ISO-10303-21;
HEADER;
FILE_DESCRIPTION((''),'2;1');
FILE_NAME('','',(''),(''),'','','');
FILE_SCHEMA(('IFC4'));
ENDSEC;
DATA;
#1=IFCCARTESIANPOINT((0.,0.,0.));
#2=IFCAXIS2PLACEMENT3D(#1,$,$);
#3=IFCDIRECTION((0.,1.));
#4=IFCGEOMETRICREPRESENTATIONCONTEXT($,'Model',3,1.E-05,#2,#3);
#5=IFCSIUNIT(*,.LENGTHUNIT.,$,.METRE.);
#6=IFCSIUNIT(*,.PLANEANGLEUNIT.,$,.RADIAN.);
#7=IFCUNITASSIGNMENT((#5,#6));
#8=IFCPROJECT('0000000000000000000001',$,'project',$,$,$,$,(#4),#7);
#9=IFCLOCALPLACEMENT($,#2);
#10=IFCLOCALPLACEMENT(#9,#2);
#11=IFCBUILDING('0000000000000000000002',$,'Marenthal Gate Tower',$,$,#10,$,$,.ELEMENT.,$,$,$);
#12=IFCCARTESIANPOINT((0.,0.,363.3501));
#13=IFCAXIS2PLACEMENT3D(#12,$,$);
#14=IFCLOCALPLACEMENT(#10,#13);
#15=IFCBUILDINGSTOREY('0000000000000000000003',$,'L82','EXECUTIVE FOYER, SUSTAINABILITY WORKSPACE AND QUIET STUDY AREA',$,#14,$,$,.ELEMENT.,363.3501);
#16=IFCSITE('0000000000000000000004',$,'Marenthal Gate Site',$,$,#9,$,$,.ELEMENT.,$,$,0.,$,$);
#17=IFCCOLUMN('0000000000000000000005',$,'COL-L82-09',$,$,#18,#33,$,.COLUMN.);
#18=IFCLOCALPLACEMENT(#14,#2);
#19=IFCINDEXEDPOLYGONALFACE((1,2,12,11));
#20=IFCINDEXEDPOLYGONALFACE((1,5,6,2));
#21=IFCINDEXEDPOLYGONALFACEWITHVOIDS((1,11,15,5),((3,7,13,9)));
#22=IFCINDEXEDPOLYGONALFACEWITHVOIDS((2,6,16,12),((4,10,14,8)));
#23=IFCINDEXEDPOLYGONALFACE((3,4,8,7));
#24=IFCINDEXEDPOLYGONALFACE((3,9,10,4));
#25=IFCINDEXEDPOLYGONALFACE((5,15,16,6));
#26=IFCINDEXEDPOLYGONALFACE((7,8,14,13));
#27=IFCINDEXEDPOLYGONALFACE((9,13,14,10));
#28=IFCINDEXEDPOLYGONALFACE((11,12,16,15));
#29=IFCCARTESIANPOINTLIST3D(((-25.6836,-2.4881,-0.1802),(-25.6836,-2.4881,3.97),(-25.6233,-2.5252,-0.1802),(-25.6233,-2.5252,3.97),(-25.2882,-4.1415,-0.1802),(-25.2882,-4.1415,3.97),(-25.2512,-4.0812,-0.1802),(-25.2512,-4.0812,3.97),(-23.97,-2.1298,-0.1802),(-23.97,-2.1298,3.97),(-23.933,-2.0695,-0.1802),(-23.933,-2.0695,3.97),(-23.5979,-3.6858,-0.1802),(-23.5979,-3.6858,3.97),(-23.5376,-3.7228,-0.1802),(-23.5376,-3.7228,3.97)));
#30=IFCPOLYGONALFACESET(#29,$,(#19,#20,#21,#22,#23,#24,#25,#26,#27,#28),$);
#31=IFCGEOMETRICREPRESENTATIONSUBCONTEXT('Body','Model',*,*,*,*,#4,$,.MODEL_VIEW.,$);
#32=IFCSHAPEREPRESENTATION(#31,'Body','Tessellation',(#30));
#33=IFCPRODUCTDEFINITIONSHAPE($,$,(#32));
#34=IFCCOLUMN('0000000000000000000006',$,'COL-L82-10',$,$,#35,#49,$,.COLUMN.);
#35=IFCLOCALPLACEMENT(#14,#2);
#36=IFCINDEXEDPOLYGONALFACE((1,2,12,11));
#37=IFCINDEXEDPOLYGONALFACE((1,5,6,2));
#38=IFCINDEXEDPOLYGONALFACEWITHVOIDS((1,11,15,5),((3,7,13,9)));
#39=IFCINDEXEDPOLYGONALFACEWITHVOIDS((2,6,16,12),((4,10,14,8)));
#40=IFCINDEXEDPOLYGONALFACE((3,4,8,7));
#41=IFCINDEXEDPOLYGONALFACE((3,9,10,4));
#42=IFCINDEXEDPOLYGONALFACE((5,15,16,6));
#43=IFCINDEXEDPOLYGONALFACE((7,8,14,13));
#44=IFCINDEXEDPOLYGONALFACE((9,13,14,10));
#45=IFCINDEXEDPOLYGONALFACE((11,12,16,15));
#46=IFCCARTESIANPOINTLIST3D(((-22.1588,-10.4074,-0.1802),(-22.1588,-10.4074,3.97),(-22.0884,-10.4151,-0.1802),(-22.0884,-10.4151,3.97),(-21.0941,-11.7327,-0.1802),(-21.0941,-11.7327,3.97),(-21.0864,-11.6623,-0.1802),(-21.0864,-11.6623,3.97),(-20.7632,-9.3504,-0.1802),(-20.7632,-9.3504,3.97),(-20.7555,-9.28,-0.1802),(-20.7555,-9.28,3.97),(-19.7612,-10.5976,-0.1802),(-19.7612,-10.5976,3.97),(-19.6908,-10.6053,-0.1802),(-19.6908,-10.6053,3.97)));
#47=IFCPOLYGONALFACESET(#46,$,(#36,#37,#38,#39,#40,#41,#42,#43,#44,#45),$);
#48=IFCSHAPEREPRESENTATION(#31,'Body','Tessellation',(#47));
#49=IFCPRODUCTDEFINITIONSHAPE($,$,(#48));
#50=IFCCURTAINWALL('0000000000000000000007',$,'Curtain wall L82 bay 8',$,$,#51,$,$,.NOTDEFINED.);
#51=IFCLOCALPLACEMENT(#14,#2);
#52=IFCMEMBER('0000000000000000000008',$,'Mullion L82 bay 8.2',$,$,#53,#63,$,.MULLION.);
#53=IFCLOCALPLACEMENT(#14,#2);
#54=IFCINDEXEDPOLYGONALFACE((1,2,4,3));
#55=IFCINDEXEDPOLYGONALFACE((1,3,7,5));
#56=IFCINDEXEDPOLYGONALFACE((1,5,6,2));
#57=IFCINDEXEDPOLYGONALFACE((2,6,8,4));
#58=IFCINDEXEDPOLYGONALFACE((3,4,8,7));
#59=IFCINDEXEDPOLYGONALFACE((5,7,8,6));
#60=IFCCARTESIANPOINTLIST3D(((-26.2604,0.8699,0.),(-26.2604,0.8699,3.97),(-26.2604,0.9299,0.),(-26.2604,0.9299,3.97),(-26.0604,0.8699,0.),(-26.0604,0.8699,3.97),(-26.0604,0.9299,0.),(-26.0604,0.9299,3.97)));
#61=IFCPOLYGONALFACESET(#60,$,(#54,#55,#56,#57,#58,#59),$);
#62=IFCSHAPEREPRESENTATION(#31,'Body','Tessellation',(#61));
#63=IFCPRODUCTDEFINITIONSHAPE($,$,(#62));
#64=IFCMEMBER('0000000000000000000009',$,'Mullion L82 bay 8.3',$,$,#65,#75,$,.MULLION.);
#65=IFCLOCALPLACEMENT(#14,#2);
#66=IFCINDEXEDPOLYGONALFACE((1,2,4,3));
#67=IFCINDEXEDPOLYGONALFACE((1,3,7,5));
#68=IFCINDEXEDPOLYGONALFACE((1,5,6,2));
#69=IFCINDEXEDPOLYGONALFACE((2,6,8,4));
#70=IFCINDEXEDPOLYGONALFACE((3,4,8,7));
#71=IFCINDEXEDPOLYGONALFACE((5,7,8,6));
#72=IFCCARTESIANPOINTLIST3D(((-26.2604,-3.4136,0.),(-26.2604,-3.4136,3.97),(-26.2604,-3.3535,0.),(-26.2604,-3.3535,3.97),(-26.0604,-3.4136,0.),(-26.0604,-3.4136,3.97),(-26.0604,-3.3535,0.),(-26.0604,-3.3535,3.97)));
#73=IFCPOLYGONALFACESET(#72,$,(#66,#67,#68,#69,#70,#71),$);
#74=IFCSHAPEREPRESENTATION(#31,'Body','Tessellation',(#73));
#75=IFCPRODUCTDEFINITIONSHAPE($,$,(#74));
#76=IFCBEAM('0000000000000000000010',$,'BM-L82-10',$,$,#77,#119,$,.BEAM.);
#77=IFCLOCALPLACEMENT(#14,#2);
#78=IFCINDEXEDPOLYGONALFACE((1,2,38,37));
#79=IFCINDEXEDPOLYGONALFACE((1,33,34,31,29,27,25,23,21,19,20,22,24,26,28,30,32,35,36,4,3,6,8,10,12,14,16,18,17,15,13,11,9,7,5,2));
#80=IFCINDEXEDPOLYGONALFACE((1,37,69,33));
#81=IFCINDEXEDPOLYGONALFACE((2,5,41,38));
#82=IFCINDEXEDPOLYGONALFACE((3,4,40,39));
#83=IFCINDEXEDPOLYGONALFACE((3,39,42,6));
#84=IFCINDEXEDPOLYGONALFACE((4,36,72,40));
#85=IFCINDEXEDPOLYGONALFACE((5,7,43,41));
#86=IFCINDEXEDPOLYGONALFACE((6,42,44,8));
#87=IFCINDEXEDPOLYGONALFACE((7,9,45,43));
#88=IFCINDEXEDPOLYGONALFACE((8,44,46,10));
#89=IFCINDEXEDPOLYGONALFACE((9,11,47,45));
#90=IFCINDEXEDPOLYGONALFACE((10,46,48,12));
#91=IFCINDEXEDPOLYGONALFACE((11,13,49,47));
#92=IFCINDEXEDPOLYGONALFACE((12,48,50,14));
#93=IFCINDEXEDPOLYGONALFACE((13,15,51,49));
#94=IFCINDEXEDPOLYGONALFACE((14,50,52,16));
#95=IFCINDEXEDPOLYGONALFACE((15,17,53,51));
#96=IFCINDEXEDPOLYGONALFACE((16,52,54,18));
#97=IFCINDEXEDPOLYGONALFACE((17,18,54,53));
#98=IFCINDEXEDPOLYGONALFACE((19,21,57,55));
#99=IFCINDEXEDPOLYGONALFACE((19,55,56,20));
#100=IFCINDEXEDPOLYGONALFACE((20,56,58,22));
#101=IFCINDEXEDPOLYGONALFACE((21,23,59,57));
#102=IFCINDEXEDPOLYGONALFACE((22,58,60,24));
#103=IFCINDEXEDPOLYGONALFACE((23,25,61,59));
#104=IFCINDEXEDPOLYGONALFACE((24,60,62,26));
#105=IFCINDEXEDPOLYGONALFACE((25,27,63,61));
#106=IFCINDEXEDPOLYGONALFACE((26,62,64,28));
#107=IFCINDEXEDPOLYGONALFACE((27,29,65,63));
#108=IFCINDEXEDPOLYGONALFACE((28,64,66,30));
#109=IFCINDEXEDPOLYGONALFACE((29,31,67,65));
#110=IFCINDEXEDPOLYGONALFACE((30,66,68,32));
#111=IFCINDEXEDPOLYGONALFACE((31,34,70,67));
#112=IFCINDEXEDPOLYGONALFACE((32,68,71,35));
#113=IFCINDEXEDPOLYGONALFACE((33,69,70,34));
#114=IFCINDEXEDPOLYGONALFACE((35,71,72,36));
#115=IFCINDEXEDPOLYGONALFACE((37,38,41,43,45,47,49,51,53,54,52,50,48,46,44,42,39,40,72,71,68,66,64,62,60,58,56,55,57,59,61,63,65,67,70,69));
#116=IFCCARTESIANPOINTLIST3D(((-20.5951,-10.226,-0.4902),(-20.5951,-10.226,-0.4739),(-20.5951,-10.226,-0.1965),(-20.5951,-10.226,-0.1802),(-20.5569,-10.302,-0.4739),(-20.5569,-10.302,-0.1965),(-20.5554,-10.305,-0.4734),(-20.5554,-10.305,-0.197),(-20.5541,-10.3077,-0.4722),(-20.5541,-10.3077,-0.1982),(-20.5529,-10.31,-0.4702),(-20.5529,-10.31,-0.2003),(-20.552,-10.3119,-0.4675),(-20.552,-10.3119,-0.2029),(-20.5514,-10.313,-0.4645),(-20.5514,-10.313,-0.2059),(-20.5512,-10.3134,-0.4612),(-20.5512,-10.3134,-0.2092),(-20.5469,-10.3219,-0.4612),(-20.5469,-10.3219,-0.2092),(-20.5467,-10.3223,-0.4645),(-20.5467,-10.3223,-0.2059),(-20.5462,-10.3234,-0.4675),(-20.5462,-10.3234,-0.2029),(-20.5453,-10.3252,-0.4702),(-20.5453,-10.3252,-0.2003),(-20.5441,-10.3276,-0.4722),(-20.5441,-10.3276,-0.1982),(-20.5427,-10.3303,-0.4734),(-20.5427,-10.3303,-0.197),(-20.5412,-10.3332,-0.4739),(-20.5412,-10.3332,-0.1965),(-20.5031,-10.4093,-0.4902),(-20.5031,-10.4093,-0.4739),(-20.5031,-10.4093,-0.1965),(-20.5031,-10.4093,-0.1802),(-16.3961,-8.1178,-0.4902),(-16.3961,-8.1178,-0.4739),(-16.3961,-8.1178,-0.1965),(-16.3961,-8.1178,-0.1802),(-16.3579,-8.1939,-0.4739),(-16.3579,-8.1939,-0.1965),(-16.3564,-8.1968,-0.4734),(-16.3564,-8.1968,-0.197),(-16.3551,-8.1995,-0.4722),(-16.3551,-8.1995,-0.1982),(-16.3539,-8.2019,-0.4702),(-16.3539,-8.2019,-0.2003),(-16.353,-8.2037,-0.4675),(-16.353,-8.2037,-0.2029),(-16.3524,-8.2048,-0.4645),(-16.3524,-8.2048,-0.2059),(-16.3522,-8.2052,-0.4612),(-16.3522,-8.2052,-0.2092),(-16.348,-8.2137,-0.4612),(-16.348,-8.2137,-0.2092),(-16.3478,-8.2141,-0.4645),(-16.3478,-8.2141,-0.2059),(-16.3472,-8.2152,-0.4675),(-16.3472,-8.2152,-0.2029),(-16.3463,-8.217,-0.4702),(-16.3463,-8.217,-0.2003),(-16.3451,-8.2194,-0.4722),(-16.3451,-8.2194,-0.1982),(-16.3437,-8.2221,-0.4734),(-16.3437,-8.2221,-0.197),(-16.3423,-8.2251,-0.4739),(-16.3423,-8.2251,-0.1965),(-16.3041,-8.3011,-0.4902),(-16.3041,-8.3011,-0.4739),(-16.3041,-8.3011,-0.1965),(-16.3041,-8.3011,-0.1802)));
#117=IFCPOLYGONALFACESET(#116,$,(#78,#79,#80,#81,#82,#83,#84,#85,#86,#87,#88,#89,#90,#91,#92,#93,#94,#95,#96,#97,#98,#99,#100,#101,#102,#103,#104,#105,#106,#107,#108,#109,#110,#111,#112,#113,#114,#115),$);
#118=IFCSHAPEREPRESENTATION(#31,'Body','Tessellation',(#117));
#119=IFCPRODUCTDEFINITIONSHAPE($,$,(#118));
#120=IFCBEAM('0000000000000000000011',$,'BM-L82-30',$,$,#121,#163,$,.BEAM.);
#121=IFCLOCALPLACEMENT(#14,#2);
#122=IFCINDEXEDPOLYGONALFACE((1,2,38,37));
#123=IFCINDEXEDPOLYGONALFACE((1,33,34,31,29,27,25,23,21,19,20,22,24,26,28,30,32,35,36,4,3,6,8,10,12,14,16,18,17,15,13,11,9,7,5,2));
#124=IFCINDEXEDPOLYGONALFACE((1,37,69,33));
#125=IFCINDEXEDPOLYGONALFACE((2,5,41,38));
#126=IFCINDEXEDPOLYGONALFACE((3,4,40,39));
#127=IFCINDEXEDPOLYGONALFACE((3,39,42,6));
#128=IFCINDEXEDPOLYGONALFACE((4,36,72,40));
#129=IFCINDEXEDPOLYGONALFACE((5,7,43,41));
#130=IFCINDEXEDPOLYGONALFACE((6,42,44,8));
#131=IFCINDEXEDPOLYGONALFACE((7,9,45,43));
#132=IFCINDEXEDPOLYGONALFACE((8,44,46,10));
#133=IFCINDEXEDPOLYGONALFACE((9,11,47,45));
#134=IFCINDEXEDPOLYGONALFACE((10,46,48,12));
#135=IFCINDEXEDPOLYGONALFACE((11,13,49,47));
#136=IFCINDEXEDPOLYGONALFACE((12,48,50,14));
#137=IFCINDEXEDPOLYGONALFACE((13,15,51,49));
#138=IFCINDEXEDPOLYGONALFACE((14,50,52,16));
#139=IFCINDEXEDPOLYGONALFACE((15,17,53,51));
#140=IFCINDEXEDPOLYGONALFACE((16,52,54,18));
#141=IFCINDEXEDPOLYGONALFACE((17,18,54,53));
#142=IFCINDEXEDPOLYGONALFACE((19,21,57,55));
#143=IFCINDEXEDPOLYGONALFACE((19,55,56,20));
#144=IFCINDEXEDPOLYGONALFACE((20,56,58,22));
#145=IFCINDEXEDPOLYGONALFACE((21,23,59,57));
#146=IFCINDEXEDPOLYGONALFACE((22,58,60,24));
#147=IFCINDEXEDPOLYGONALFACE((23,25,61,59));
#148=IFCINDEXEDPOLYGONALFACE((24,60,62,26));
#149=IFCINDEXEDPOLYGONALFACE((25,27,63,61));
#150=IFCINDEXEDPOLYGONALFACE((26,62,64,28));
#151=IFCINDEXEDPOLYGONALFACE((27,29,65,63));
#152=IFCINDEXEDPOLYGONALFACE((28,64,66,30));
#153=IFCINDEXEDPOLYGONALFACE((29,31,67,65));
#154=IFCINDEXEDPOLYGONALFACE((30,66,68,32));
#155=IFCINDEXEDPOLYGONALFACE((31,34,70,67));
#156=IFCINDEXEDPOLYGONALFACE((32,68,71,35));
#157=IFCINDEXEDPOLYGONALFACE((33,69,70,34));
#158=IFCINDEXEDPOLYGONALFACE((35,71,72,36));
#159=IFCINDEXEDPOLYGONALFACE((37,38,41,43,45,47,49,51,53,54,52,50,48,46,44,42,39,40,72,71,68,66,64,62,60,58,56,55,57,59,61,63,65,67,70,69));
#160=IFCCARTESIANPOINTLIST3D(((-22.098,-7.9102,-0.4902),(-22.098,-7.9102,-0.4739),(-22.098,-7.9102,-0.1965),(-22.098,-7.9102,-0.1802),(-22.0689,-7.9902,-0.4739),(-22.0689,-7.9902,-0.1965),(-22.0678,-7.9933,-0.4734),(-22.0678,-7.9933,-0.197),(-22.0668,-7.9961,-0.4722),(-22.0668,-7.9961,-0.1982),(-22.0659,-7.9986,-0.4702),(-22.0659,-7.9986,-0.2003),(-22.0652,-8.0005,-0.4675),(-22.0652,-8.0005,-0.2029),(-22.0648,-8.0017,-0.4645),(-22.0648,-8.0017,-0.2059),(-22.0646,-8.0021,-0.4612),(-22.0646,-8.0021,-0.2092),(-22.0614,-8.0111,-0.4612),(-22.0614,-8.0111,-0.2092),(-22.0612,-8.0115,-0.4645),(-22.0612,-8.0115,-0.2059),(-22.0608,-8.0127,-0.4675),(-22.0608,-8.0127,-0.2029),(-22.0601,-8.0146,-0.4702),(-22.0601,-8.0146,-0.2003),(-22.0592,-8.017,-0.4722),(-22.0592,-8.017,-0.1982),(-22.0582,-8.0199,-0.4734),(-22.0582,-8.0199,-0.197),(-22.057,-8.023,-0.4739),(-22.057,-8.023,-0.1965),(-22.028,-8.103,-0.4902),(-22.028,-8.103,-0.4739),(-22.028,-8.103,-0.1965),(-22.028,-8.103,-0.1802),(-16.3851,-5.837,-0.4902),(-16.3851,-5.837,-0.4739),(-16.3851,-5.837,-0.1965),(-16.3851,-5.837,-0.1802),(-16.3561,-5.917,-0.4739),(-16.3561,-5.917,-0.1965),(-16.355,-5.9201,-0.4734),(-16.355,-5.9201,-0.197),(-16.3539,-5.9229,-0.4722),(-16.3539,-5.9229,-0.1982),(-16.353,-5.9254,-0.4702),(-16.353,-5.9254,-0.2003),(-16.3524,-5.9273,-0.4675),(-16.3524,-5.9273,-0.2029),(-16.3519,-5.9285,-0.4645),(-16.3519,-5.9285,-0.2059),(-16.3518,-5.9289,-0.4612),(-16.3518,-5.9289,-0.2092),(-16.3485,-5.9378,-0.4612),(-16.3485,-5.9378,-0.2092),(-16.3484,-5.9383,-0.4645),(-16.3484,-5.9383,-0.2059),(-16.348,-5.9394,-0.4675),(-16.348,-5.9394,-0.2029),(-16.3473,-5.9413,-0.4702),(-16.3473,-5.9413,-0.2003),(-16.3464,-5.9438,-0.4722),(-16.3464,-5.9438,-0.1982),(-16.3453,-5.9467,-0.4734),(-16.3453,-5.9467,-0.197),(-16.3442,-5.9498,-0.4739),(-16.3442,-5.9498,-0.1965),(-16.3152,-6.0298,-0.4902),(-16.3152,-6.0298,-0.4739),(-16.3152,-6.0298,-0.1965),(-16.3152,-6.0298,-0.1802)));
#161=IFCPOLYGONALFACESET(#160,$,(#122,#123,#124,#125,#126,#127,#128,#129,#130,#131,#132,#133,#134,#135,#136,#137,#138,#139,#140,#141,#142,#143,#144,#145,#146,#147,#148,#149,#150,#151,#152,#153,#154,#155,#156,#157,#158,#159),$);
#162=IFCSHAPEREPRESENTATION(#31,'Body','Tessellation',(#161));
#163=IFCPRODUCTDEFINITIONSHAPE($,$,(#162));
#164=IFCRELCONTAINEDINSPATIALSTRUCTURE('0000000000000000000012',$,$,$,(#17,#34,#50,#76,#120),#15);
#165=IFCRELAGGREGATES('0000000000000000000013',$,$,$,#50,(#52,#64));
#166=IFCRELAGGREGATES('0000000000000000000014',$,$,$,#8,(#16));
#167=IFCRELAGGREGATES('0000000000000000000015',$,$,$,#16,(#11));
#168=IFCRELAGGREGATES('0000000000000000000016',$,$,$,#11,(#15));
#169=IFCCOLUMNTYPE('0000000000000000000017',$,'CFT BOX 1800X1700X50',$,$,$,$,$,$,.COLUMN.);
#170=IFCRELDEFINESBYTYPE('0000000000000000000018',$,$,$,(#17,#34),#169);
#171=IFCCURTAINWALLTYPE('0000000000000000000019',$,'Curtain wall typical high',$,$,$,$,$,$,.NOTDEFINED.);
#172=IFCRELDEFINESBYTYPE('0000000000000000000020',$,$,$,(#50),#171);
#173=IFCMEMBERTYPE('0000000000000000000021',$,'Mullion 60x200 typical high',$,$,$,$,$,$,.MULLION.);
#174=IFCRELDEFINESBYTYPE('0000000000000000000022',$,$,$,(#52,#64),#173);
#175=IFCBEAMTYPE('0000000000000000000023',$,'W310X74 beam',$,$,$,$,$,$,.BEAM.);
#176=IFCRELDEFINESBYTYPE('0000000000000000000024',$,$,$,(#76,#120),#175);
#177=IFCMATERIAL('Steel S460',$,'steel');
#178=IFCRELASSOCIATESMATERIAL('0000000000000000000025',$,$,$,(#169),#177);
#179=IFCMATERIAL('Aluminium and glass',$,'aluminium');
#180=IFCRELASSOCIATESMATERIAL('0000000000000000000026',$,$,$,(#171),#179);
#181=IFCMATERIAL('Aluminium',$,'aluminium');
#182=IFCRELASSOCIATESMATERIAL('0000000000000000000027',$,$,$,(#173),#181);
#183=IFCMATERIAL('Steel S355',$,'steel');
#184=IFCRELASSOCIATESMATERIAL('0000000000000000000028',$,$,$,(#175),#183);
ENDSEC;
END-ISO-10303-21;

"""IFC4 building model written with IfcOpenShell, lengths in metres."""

from ifc_helpers import new_model, si_unit, direction, frame, origin, origin_2d, place, context, subcontext, project, spatial, rectangle, hollow_rectangle, i_section, extrude, material, material_profile, profile_set, type_object, element, aggregate, save


model = new_model("IFC4")

# Units and contexts
model_context = context("Model", 3, precision=1e-05, world=origin(), true_north=direction((0.0, 1.0)))
body_context = subcontext(model_context, "Body", "Model", "MODEL_VIEW")
ifc_project = project(units=[si_unit("LENGTHUNIT", "METRE"), si_unit("PLANEANGLEUNIT", "RADIAN")], contexts=[model_context])

# Site, building, storey
site_placement = place(None, origin())
site = spatial("IfcSite", under=ifc_project, at=site_placement, Name="Marenthal Gate Site", CompositionType="ELEMENT", RefElevation=0.0)
building_placement = place(site_placement, origin())
building = spatial("IfcBuilding", under=site, at=building_placement, Name="Marenthal Gate Tower", CompositionType="ELEMENT")
storey_placement = place(building_placement, frame((0.0, 0.0, 363.3501)))
storey = spatial("IfcBuildingStorey", under=building, at=storey_placement, Name="L82", Description="EXECUTIVE FOYER, SUSTAINABILITY WORKSPACE AND QUIET STUDY AREA", CompositionType="ELEMENT", Elevation=363.3501)

# Columns
ifc_material_1 = material(Name="Steel S460", Category="steel")
ifc_material_profile_1 = material_profile(ifc_material_1, hollow_rectangle(XDim=1.7, YDim=1.8, WallThickness=0.05, at=origin_2d()), Name="CFT BOX 1800X1700X50")
ifc_material_2 = material(Name="Concrete 70 MPa", Category="concrete")
ifc_material_profile_2 = material_profile(ifc_material_2, rectangle(XDim=1.6001, YDim=1.7, at=origin_2d()), Name="CFT BOX 1800X1700X50 INFILL")
ifc_profile_set_1 = profile_set([ifc_material_profile_1, ifc_material_profile_2], Name="Steel S460 shell, Concrete 70 MPa infill")
column_type = type_object("IfcColumnType", Name="CFT BOX 1800X1700X50", PredefinedType="COLUMN", material=ifc_profile_set_1)
for number, where, z_axis, x_axis, name in (
    (1, (-24.6106, -3.1055, -0.1802), (0.0, 0.0, 1.0), (-0.232598, 0.972573, 0.0), "COL-L82-09"),
    (2, (-20.9248, -10.5063, -0.1802), (0.0, 0.0, 1.0), (-0.626296, 0.779585, 0.0), "COL-L82-10"),
):
    element("IfcColumn", number, at=place(storey_placement, frame(where, z_axis=z_axis, x_axis=x_axis)), inside=storey, type_object=column_type, Name=name, PredefinedType="COLUMN", context=body_context, shape_type="SweptSolid", body=[
        extrude(hollow_rectangle(XDim=1.7, YDim=1.8, WallThickness=0.05, at=origin_2d()), origin(), (0.0, 0.0, 1.0), 4.1501),
    ])

# Curtain wall, members
ifc_material_3 = material(Name="Aluminium and glass", Category="aluminium")
curtain_wall_type = type_object("IfcCurtainWallType", Name="Curtain wall typical high", PredefinedType="NOTDEFINED", material=ifc_material_3)
curtain_wall_placement = place(storey_placement, origin())
curtain_wall = element("IfcCurtainWall", 3, at=curtain_wall_placement, inside=storey, type_object=curtain_wall_type, Name="Curtain wall L82 bay 8", PredefinedType="NOTDEFINED")
ifc_material_4 = material(Name="Aluminium", Category="aluminium")
ifc_material_profile_3 = material_profile(ifc_material_4, rectangle(XDim=0.2, YDim=0.0601, at=origin_2d()), Name="60x200 aluminium mullion")
ifc_profile_set_2 = profile_set([ifc_material_profile_3], Name="Aluminium")
member_type = type_object("IfcMemberType", Name="Mullion 60x200 typical high", PredefinedType="MULLION", material=ifc_profile_set_2)
member_1_placement = place(storey_placement, frame((-26.1604, 0.8999, 0.0), z_axis=(0.0, 0.0, 1.0), x_axis=(1.0, 0.0, 0.0)))
member_1 = element("IfcMember", 4, at=member_1_placement, type_object=member_type, Name="Mullion L82 bay 8.2", PredefinedType="MULLION", context=body_context, shape_type="SweptSolid", body=[
    extrude(rectangle(XDim=0.2, YDim=0.0601, at=origin_2d()), origin(), (0.0, 0.0, 1.0), 3.97),
])
member_2_placement = place(storey_placement, frame((-26.1604, -3.3835, 0.0), z_axis=(0.0, 0.0, 1.0), x_axis=(1.0, 0.0, 0.0)))
member_2 = element("IfcMember", 5, at=member_2_placement, type_object=member_type, Name="Mullion L82 bay 8.3", PredefinedType="MULLION", context=body_context, shape_type="SweptSolid", body=[
    extrude(rectangle(XDim=0.2, YDim=0.0601, at=origin_2d()), origin(), (0.0, 0.0, 1.0), 3.97),
])

# Beams
ifc_material_5 = material(Name="Steel S355", Category="steel")
ifc_material_profile_4 = material_profile(ifc_material_5, i_section(OverallWidth=0.2051, OverallDepth=0.3101, WebThickness=0.0095, FlangeThickness=0.0164, FilletRadius=0.0127, at=origin_2d()), Name="W310X74")
ifc_profile_set_3 = profile_set([ifc_material_profile_4], Name="Steel S355")
beam_type_1 = type_object("IfcBeamType", Name="W310X74 beam", PredefinedType="BEAM", material=ifc_profile_set_3)
beam_1_placement = place(storey_placement, frame((-20.5491, -10.3176, -0.3352), z_axis=(0.893688, 0.448689, 0.0), x_axis=(-0.448689, 0.893688, 0.0)))
element("IfcBeam", 6, at=beam_1_placement, inside=storey, type_object=beam_type_1, Name="BM-L82-10", PredefinedType="BEAM", context=body_context, shape_type="SweptSolid", body=[
    extrude(i_section(OverallWidth=0.2051, OverallDepth=0.3101, WebThickness=0.0095, FlangeThickness=0.0164, FilletRadius=0.0127, at=origin_2d()), origin(), (0.0, 0.0, 1.0), 4.6985),
])
beam_2_placement = place(storey_placement, frame((-22.063, -8.0066, -0.3352), z_axis=(0.940014, 0.341137, 0.0), x_axis=(-0.341137, 0.940014, 0.0)))
element("IfcBeam", 7, at=beam_2_placement, inside=storey, type_object=beam_type_1, Name="BM-L82-30", PredefinedType="BEAM", context=body_context, shape_type="SweptSolid", body=[
    extrude(i_section(OverallWidth=0.2051, OverallDepth=0.3101, WebThickness=0.0095, FlangeThickness=0.0164, FilletRadius=0.0127, at=origin_2d()), origin(), (0.0, 0.0, 1.0), 6.0774),
])

aggregate(curtain_wall, [member_1, member_2])

save(model, "model.ifc")
